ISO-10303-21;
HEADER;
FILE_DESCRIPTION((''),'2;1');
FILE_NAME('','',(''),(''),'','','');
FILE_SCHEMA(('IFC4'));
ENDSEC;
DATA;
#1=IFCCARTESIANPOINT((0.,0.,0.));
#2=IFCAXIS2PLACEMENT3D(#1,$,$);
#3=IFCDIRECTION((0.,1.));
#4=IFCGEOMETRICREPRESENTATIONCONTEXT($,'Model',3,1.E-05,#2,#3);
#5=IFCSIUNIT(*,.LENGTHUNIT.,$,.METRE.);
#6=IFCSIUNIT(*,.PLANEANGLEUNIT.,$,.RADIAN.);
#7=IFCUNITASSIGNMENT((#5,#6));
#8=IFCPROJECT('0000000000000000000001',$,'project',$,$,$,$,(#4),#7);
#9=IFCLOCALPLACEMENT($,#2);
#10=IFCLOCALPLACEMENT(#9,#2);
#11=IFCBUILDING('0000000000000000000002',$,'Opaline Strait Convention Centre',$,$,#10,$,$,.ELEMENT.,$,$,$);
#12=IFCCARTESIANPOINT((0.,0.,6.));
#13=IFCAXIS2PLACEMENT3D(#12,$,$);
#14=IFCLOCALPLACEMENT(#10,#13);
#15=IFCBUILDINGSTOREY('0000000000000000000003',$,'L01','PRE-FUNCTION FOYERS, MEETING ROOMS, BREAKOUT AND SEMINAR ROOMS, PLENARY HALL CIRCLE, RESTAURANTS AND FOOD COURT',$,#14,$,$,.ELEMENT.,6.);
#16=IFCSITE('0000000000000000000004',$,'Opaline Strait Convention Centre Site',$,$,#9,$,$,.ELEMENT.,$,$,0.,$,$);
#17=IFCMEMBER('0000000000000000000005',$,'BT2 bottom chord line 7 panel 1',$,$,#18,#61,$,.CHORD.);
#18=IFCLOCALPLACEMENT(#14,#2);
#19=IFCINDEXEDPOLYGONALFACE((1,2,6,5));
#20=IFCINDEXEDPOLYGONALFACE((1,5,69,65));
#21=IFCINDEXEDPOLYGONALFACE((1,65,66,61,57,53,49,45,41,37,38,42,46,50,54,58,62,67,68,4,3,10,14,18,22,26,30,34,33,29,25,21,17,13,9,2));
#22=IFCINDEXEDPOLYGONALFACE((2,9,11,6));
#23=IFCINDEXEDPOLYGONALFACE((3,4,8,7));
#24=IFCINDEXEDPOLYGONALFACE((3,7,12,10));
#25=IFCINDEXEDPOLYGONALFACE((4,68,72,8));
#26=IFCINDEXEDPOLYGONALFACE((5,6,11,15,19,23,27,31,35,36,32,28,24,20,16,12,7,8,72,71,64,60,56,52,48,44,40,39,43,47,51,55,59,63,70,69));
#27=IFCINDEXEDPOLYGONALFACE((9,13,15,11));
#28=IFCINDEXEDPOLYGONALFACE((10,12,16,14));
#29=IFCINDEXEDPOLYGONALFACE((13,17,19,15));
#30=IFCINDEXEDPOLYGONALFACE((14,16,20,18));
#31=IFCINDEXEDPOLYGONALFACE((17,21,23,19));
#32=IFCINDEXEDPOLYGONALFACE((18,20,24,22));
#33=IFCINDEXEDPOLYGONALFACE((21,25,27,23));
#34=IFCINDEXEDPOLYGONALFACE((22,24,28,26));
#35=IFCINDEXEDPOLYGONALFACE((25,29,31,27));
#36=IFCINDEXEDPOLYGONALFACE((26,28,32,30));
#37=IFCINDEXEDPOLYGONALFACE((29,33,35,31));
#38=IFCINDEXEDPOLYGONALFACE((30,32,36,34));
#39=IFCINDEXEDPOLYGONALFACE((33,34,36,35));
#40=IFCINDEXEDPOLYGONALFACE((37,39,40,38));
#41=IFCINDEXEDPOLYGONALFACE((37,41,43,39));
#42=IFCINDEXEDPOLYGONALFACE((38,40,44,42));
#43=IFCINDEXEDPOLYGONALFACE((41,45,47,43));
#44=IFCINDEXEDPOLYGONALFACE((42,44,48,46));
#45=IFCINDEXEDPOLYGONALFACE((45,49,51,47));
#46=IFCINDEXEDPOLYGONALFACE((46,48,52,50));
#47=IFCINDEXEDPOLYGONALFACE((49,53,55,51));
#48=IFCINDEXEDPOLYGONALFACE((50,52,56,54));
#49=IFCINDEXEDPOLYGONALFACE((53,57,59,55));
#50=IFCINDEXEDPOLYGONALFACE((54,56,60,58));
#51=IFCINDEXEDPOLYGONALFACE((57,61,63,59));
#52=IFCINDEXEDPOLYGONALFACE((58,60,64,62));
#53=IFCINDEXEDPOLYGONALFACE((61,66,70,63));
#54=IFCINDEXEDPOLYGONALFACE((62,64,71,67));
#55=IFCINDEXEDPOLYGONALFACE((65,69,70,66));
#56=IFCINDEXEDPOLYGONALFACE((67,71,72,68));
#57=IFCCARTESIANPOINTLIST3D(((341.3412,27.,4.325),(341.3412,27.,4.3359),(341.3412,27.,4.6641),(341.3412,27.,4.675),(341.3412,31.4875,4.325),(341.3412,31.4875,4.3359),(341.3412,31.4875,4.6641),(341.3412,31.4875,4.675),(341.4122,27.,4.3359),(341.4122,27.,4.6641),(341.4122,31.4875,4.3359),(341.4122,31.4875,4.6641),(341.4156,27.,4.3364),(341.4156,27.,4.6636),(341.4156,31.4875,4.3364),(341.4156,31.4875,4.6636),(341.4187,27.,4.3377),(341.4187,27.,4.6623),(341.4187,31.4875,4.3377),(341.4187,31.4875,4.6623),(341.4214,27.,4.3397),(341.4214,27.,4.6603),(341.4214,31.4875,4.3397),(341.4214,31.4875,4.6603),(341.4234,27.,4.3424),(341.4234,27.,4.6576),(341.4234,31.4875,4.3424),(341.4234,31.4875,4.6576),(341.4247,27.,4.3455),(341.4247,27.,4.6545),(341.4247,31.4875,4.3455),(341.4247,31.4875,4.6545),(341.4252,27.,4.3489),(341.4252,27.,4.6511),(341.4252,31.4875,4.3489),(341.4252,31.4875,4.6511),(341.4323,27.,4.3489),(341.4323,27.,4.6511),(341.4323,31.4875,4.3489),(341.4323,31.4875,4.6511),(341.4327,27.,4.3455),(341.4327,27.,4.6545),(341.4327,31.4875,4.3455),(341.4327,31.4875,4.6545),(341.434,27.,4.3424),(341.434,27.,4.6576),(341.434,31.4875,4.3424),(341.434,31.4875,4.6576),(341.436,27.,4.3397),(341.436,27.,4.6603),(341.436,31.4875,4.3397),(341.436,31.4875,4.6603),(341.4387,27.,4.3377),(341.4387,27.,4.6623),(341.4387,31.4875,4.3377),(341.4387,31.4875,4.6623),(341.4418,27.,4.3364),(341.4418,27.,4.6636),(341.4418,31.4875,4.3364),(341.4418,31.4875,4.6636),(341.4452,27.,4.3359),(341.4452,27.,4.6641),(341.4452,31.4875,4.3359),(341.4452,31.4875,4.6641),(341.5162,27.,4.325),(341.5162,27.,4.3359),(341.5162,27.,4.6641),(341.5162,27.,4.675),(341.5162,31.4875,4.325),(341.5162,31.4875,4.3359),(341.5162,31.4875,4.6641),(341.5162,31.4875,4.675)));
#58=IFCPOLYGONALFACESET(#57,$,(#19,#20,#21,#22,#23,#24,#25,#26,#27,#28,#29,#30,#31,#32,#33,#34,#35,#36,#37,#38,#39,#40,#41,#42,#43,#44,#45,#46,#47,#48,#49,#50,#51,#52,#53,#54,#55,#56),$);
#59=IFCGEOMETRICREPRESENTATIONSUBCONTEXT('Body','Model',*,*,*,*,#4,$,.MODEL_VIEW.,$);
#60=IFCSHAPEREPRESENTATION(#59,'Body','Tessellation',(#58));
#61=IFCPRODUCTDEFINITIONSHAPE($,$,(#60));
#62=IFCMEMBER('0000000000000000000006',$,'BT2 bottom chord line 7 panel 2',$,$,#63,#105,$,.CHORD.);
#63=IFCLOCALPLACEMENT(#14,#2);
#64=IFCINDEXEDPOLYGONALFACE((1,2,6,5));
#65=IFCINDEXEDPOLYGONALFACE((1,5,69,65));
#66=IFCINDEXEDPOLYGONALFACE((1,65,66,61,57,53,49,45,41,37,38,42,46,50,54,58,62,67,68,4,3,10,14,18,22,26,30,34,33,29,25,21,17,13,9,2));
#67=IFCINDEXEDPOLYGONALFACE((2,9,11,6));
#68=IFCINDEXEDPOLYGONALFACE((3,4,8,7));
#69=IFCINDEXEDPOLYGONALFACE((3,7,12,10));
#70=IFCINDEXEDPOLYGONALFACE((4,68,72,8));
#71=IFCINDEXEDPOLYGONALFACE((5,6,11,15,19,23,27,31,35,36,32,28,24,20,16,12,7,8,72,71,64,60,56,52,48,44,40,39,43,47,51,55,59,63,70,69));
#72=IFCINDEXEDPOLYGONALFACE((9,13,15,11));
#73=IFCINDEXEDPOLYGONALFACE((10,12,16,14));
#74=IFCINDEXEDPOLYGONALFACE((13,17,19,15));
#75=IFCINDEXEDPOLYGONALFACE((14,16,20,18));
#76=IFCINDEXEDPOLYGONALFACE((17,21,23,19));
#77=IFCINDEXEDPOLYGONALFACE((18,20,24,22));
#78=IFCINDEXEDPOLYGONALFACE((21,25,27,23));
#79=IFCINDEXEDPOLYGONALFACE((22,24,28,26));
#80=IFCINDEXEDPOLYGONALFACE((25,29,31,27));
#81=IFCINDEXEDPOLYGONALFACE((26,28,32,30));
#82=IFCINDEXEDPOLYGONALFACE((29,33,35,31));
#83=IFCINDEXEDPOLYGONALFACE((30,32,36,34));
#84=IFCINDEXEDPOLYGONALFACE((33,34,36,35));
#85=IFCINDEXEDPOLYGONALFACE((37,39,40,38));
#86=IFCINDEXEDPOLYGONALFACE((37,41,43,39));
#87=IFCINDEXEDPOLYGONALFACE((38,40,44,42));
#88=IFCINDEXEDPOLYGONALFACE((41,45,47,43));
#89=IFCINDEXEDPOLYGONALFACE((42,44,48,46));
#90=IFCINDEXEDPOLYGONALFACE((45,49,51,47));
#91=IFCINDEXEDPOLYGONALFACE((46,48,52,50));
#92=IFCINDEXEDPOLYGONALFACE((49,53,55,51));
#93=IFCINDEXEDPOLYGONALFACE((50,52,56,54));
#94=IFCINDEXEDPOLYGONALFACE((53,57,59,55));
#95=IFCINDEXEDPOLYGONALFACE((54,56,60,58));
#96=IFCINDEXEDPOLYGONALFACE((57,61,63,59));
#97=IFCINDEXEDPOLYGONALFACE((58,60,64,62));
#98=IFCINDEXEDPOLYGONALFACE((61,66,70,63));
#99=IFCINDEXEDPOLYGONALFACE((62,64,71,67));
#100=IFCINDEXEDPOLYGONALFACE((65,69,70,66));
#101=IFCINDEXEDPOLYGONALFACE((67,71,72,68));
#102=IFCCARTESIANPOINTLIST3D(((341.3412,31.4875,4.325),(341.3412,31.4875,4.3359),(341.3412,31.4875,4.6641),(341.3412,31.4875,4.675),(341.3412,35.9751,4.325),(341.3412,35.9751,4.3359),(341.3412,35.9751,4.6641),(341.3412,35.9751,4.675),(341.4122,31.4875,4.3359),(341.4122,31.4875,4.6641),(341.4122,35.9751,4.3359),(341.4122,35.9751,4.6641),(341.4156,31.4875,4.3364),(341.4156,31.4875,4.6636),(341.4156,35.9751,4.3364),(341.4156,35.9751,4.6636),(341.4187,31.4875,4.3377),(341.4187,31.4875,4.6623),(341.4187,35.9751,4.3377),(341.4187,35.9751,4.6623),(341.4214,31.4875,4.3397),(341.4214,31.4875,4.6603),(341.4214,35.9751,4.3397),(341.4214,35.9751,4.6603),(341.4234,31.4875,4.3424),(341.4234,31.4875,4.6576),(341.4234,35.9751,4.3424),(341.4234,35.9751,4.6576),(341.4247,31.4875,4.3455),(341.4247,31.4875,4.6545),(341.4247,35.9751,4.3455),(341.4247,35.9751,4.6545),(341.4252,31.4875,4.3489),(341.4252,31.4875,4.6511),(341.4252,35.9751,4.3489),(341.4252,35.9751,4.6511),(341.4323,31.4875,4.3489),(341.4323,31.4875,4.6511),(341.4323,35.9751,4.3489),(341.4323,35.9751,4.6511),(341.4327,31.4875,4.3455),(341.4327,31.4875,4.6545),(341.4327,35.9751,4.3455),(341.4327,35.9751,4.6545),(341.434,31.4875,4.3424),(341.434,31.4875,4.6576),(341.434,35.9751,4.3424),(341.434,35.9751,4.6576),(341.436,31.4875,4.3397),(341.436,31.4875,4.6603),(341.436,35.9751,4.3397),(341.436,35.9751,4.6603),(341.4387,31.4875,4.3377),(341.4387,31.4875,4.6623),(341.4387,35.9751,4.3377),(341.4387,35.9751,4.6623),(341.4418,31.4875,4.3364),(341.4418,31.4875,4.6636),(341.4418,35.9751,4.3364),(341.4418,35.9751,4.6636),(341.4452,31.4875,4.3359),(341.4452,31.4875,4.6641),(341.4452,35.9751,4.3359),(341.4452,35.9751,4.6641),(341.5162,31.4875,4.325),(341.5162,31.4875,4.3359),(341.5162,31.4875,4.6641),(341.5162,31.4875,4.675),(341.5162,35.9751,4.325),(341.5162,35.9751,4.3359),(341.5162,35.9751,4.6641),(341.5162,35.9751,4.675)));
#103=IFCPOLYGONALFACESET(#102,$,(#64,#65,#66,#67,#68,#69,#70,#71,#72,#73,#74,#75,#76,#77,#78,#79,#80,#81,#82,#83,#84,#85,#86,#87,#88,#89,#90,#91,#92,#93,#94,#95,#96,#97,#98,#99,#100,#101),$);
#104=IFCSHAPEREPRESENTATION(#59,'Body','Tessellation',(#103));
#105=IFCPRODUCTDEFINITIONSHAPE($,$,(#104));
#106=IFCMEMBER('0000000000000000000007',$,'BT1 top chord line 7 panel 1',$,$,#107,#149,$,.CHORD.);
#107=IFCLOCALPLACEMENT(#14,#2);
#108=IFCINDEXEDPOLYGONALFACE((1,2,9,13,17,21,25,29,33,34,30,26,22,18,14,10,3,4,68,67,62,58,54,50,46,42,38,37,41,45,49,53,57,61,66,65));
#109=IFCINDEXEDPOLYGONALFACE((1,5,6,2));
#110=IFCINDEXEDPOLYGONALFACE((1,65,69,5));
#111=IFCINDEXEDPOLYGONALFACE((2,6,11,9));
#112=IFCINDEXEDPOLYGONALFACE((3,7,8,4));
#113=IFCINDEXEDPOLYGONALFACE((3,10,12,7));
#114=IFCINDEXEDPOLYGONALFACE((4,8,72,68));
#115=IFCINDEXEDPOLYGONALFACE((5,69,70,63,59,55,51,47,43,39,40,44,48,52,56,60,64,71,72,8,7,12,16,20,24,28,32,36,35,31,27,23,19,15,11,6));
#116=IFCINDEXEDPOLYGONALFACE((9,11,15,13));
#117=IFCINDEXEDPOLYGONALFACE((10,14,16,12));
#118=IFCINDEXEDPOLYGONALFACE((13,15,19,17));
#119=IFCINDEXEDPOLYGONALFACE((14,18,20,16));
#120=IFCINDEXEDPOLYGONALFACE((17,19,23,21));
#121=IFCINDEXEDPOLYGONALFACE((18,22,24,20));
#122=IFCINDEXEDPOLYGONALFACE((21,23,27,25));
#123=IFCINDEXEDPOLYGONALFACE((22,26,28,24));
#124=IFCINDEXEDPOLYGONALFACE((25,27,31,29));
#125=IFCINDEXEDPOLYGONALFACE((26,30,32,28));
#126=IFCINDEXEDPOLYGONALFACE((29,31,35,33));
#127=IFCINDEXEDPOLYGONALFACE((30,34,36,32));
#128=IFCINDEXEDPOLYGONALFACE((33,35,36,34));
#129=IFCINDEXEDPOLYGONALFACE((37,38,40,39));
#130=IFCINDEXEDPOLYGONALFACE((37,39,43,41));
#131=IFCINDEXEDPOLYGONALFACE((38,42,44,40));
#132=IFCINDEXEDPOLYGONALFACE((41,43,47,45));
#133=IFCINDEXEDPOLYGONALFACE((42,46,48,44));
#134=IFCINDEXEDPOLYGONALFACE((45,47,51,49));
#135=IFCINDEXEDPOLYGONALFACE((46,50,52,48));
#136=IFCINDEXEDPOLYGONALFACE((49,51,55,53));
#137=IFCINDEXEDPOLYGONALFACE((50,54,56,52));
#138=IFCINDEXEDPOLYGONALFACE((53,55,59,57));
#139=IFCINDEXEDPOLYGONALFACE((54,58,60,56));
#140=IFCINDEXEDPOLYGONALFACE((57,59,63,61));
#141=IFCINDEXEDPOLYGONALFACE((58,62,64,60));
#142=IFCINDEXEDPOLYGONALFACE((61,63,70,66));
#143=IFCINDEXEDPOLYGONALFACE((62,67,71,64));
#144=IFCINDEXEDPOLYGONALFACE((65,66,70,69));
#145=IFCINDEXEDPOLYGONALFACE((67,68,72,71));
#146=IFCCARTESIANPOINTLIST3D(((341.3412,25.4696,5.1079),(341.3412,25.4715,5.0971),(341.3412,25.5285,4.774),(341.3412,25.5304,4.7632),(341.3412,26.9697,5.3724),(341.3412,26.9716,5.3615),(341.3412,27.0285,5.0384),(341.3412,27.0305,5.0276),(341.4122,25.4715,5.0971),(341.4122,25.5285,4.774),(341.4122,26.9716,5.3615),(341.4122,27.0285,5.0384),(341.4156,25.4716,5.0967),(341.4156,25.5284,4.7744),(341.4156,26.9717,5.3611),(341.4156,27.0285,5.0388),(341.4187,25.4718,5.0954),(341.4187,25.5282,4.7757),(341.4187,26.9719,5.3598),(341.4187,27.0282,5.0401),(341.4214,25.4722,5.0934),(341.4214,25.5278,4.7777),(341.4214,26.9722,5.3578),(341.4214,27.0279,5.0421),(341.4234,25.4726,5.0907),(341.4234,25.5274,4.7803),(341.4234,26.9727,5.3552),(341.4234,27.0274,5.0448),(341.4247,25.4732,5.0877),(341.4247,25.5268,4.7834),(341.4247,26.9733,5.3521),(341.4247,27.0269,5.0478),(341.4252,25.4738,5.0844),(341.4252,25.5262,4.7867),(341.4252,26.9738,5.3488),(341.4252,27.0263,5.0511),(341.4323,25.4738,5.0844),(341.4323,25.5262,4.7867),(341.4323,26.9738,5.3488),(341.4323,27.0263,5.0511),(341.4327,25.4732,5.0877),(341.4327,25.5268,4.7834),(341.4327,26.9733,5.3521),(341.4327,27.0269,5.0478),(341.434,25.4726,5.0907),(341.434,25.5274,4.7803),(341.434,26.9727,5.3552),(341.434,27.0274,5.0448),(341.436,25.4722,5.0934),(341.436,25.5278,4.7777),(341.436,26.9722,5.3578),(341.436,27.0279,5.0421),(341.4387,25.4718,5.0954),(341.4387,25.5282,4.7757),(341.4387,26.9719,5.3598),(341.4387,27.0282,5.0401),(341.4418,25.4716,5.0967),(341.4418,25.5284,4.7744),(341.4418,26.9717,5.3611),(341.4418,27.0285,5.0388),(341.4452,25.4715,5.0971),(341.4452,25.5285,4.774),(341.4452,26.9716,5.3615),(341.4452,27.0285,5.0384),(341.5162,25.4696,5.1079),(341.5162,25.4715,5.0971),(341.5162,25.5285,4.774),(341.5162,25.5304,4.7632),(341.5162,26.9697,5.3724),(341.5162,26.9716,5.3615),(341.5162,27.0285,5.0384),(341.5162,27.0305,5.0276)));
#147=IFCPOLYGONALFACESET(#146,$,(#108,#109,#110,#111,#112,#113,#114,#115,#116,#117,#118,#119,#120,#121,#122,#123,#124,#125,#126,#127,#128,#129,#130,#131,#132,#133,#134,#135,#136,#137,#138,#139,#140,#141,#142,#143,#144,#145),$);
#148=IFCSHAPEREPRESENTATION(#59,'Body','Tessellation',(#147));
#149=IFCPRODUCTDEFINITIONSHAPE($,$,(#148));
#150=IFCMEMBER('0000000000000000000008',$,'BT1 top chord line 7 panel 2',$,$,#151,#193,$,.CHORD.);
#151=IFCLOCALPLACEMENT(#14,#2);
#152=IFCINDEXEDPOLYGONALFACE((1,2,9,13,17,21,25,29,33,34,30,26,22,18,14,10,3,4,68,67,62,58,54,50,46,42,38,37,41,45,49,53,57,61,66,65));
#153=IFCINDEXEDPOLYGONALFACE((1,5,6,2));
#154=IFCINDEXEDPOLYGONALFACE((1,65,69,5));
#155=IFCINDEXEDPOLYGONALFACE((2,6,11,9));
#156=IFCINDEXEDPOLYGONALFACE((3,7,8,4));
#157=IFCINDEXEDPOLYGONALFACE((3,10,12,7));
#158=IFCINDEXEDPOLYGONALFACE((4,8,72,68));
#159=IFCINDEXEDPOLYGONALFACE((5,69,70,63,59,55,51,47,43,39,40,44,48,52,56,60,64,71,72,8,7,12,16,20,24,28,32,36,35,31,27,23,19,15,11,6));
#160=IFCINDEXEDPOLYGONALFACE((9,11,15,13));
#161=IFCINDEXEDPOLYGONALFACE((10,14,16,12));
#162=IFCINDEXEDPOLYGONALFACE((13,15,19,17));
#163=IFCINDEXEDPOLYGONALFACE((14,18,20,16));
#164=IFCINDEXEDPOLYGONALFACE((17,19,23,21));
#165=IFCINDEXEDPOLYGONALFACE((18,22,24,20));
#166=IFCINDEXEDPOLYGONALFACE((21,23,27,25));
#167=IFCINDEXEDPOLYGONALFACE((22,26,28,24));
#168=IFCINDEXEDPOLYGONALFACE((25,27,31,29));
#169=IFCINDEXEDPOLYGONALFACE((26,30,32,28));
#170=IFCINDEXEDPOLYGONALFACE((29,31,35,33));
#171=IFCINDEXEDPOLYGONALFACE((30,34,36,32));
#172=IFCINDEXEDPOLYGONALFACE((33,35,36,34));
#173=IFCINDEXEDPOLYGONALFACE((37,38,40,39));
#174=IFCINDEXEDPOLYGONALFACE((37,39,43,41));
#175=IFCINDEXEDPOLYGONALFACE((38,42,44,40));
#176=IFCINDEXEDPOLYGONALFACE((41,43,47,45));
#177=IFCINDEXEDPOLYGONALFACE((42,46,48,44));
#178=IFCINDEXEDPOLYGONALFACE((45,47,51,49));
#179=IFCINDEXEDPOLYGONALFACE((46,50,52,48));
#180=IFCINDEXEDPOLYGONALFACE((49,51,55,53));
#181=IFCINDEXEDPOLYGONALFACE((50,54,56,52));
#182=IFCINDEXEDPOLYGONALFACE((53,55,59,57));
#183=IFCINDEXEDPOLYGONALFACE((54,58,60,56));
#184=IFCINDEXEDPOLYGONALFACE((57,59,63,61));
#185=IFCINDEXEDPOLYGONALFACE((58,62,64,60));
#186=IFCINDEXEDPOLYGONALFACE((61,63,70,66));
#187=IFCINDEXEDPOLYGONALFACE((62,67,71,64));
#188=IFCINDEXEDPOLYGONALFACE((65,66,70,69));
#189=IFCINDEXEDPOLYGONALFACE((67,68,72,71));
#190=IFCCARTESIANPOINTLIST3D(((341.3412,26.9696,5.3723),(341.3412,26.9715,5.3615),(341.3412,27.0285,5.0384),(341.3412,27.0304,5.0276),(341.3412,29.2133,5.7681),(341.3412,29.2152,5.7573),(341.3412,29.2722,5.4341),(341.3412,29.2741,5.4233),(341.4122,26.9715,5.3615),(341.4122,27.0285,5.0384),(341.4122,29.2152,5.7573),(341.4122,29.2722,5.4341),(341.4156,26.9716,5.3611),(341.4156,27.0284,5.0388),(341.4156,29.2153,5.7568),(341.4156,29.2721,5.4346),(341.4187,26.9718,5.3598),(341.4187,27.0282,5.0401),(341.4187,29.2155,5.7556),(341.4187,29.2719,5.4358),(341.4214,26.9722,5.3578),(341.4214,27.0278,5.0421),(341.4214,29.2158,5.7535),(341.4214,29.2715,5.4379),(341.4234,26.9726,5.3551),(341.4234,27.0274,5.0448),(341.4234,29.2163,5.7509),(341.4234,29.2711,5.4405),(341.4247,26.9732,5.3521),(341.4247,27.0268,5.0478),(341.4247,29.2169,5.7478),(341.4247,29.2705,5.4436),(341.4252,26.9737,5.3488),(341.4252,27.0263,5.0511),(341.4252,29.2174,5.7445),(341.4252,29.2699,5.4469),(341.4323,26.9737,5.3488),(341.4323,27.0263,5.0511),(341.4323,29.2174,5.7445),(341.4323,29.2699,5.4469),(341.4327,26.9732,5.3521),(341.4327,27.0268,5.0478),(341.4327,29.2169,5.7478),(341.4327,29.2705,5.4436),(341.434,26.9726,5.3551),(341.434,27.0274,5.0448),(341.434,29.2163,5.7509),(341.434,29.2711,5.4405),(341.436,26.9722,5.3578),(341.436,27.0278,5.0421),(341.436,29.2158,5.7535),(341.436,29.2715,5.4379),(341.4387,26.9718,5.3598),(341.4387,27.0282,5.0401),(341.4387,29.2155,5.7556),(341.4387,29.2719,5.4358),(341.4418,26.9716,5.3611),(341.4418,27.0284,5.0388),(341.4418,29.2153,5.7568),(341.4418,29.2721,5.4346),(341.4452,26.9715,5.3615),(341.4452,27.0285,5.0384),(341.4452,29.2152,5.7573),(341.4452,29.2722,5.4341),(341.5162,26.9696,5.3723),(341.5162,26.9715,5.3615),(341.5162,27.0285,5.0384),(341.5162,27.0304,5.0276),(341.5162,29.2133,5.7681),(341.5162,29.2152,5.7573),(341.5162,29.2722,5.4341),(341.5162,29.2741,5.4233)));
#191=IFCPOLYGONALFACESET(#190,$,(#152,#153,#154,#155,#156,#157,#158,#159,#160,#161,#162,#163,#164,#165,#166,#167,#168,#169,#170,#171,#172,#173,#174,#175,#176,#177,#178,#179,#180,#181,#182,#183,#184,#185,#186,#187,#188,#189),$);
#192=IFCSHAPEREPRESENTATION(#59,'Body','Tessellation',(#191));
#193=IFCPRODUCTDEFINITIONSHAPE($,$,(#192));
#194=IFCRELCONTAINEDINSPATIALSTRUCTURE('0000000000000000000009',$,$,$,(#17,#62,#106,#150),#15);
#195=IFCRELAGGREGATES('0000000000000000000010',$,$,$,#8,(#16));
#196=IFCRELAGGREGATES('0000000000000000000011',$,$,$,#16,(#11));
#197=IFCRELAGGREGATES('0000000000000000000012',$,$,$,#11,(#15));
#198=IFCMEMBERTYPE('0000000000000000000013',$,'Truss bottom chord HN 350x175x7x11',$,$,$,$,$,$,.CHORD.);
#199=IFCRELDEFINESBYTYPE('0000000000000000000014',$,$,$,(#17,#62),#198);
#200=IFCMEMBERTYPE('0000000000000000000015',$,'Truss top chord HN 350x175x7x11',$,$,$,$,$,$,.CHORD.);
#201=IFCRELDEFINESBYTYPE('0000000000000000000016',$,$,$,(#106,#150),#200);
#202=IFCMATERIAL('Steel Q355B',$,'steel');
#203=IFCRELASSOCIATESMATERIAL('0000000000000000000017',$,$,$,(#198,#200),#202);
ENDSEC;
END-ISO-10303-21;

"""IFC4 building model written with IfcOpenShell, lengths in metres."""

from ifc_helpers import new_model, si_unit, direction, frame, origin, origin_2d, place, context, subcontext, project, spatial, i_section, extrude, material, material_profile, profile_set, type_object, element, save


model = new_model("IFC4")

# Units and contexts
model_context = context("Model", 3, precision=1e-05, world=origin(), true_north=direction((0.0, 1.0)))
body_context = subcontext(model_context, "Body", "Model", "MODEL_VIEW")
ifc_project = project(units=[si_unit("LENGTHUNIT", "METRE"), si_unit("PLANEANGLEUNIT", "RADIAN")], contexts=[model_context])

# Site, building, storey
site_placement = place(None, origin())
site = spatial("IfcSite", under=ifc_project, at=site_placement, Name="Opaline Strait Convention Centre Site", CompositionType="ELEMENT", RefElevation=0.0)
building_placement = place(site_placement, origin())
building = spatial("IfcBuilding", under=site, at=building_placement, Name="Opaline Strait Convention Centre", CompositionType="ELEMENT")
storey_placement = place(building_placement, frame((0.0, 0.0, 6.0)))
storey = spatial("IfcBuildingStorey", under=building, at=storey_placement, Name="L01", Description="PRE-FUNCTION FOYERS, MEETING ROOMS, BREAKOUT AND SEMINAR ROOMS, PLENARY HALL CIRCLE, RESTAURANTS AND FOOD COURT", CompositionType="ELEMENT", Elevation=6.0)

# Members
ifc_material_1 = material(Name="Steel Q355B", Category="steel")
ifc_material_profile_1 = material_profile(ifc_material_1, i_section(OverallWidth=0.175, OverallDepth=0.3501, WebThickness=0.0071, FlangeThickness=0.011, FilletRadius=0.0129, at=origin_2d()), Name="HN 350x175x7x11")
ifc_profile_set_1 = profile_set([ifc_material_profile_1], Name="Steel Q355B")
member_type_1 = type_object("IfcMemberType", Name="Truss bottom chord HN 350x175x7x11", PredefinedType="CHORD", material=ifc_profile_set_1)
for number, where, z_axis, x_axis, name in (
    (1, (341.4287, 27.0, 4.5), (0.0, 1.0, 0.0), (-1.0, 0.0, 0.0), "BT2 bottom chord line 7 panel 1"),
    (2, (341.4287, 31.4875, 4.5), (0.0, 1.0, 0.0), (-1.0, 0.0, 0.0), "BT2 bottom chord line 7 panel 2"),
):
    element("IfcMember", number, at=place(storey_placement, frame(where, z_axis=z_axis, x_axis=x_axis)), inside=storey, type_object=member_type_1, Name=name, PredefinedType="CHORD", context=body_context, shape_type="SweptSolid", body=[
        extrude(i_section(OverallWidth=0.175, OverallDepth=0.3501, WebThickness=0.0071, FlangeThickness=0.011, FilletRadius=0.0129, at=origin_2d()), origin(), (0.0, 0.0, 1.0), 4.4875),
    ])
ifc_material_profile_2 = material_profile(ifc_material_1, i_section(OverallWidth=0.175, OverallDepth=0.3501, WebThickness=0.0071, FlangeThickness=0.011, FilletRadius=0.0129, at=origin_2d()), Name="HN 350x175x7x11")
ifc_profile_set_2 = profile_set([ifc_material_profile_2], Name="Steel Q355B")
member_type_2 = type_object("IfcMemberType", Name="Truss top chord HN 350x175x7x11", PredefinedType="CHORD", material=ifc_profile_set_2)
member_1_placement = place(storey_placement, frame((341.4287, 25.5, 4.9355), z_axis=(0.0, 0.984817, 0.173593), x_axis=(-1.0, 0.0, 0.0)))
element("IfcMember", 3, at=member_1_placement, inside=storey, type_object=member_type_2, Name="BT1 top chord line 7 panel 1", PredefinedType="CHORD", context=body_context, shape_type="SweptSolid", body=[
    extrude(i_section(OverallWidth=0.175, OverallDepth=0.3501, WebThickness=0.0071, FlangeThickness=0.011, FilletRadius=0.0129, at=origin_2d()), origin(), (0.0, 0.0, 1.0), 1.5232),
])
member_2_placement = place(storey_placement, frame((341.4287, 27.0, 5.2), z_axis=(0.0, 0.984798, 0.173706), x_axis=(-1.0, 0.0, 0.0)))
element("IfcMember", 4, at=member_2_placement, inside=storey, type_object=member_type_2, Name="BT1 top chord line 7 panel 2", PredefinedType="CHORD", context=body_context, shape_type="SweptSolid", body=[
    extrude(i_section(OverallWidth=0.175, OverallDepth=0.3501, WebThickness=0.0071, FlangeThickness=0.011, FilletRadius=0.0129, at=origin_2d()), origin(), (0.0, 0.0, 1.0), 2.2783),
])

save(model, "model.ifc")
